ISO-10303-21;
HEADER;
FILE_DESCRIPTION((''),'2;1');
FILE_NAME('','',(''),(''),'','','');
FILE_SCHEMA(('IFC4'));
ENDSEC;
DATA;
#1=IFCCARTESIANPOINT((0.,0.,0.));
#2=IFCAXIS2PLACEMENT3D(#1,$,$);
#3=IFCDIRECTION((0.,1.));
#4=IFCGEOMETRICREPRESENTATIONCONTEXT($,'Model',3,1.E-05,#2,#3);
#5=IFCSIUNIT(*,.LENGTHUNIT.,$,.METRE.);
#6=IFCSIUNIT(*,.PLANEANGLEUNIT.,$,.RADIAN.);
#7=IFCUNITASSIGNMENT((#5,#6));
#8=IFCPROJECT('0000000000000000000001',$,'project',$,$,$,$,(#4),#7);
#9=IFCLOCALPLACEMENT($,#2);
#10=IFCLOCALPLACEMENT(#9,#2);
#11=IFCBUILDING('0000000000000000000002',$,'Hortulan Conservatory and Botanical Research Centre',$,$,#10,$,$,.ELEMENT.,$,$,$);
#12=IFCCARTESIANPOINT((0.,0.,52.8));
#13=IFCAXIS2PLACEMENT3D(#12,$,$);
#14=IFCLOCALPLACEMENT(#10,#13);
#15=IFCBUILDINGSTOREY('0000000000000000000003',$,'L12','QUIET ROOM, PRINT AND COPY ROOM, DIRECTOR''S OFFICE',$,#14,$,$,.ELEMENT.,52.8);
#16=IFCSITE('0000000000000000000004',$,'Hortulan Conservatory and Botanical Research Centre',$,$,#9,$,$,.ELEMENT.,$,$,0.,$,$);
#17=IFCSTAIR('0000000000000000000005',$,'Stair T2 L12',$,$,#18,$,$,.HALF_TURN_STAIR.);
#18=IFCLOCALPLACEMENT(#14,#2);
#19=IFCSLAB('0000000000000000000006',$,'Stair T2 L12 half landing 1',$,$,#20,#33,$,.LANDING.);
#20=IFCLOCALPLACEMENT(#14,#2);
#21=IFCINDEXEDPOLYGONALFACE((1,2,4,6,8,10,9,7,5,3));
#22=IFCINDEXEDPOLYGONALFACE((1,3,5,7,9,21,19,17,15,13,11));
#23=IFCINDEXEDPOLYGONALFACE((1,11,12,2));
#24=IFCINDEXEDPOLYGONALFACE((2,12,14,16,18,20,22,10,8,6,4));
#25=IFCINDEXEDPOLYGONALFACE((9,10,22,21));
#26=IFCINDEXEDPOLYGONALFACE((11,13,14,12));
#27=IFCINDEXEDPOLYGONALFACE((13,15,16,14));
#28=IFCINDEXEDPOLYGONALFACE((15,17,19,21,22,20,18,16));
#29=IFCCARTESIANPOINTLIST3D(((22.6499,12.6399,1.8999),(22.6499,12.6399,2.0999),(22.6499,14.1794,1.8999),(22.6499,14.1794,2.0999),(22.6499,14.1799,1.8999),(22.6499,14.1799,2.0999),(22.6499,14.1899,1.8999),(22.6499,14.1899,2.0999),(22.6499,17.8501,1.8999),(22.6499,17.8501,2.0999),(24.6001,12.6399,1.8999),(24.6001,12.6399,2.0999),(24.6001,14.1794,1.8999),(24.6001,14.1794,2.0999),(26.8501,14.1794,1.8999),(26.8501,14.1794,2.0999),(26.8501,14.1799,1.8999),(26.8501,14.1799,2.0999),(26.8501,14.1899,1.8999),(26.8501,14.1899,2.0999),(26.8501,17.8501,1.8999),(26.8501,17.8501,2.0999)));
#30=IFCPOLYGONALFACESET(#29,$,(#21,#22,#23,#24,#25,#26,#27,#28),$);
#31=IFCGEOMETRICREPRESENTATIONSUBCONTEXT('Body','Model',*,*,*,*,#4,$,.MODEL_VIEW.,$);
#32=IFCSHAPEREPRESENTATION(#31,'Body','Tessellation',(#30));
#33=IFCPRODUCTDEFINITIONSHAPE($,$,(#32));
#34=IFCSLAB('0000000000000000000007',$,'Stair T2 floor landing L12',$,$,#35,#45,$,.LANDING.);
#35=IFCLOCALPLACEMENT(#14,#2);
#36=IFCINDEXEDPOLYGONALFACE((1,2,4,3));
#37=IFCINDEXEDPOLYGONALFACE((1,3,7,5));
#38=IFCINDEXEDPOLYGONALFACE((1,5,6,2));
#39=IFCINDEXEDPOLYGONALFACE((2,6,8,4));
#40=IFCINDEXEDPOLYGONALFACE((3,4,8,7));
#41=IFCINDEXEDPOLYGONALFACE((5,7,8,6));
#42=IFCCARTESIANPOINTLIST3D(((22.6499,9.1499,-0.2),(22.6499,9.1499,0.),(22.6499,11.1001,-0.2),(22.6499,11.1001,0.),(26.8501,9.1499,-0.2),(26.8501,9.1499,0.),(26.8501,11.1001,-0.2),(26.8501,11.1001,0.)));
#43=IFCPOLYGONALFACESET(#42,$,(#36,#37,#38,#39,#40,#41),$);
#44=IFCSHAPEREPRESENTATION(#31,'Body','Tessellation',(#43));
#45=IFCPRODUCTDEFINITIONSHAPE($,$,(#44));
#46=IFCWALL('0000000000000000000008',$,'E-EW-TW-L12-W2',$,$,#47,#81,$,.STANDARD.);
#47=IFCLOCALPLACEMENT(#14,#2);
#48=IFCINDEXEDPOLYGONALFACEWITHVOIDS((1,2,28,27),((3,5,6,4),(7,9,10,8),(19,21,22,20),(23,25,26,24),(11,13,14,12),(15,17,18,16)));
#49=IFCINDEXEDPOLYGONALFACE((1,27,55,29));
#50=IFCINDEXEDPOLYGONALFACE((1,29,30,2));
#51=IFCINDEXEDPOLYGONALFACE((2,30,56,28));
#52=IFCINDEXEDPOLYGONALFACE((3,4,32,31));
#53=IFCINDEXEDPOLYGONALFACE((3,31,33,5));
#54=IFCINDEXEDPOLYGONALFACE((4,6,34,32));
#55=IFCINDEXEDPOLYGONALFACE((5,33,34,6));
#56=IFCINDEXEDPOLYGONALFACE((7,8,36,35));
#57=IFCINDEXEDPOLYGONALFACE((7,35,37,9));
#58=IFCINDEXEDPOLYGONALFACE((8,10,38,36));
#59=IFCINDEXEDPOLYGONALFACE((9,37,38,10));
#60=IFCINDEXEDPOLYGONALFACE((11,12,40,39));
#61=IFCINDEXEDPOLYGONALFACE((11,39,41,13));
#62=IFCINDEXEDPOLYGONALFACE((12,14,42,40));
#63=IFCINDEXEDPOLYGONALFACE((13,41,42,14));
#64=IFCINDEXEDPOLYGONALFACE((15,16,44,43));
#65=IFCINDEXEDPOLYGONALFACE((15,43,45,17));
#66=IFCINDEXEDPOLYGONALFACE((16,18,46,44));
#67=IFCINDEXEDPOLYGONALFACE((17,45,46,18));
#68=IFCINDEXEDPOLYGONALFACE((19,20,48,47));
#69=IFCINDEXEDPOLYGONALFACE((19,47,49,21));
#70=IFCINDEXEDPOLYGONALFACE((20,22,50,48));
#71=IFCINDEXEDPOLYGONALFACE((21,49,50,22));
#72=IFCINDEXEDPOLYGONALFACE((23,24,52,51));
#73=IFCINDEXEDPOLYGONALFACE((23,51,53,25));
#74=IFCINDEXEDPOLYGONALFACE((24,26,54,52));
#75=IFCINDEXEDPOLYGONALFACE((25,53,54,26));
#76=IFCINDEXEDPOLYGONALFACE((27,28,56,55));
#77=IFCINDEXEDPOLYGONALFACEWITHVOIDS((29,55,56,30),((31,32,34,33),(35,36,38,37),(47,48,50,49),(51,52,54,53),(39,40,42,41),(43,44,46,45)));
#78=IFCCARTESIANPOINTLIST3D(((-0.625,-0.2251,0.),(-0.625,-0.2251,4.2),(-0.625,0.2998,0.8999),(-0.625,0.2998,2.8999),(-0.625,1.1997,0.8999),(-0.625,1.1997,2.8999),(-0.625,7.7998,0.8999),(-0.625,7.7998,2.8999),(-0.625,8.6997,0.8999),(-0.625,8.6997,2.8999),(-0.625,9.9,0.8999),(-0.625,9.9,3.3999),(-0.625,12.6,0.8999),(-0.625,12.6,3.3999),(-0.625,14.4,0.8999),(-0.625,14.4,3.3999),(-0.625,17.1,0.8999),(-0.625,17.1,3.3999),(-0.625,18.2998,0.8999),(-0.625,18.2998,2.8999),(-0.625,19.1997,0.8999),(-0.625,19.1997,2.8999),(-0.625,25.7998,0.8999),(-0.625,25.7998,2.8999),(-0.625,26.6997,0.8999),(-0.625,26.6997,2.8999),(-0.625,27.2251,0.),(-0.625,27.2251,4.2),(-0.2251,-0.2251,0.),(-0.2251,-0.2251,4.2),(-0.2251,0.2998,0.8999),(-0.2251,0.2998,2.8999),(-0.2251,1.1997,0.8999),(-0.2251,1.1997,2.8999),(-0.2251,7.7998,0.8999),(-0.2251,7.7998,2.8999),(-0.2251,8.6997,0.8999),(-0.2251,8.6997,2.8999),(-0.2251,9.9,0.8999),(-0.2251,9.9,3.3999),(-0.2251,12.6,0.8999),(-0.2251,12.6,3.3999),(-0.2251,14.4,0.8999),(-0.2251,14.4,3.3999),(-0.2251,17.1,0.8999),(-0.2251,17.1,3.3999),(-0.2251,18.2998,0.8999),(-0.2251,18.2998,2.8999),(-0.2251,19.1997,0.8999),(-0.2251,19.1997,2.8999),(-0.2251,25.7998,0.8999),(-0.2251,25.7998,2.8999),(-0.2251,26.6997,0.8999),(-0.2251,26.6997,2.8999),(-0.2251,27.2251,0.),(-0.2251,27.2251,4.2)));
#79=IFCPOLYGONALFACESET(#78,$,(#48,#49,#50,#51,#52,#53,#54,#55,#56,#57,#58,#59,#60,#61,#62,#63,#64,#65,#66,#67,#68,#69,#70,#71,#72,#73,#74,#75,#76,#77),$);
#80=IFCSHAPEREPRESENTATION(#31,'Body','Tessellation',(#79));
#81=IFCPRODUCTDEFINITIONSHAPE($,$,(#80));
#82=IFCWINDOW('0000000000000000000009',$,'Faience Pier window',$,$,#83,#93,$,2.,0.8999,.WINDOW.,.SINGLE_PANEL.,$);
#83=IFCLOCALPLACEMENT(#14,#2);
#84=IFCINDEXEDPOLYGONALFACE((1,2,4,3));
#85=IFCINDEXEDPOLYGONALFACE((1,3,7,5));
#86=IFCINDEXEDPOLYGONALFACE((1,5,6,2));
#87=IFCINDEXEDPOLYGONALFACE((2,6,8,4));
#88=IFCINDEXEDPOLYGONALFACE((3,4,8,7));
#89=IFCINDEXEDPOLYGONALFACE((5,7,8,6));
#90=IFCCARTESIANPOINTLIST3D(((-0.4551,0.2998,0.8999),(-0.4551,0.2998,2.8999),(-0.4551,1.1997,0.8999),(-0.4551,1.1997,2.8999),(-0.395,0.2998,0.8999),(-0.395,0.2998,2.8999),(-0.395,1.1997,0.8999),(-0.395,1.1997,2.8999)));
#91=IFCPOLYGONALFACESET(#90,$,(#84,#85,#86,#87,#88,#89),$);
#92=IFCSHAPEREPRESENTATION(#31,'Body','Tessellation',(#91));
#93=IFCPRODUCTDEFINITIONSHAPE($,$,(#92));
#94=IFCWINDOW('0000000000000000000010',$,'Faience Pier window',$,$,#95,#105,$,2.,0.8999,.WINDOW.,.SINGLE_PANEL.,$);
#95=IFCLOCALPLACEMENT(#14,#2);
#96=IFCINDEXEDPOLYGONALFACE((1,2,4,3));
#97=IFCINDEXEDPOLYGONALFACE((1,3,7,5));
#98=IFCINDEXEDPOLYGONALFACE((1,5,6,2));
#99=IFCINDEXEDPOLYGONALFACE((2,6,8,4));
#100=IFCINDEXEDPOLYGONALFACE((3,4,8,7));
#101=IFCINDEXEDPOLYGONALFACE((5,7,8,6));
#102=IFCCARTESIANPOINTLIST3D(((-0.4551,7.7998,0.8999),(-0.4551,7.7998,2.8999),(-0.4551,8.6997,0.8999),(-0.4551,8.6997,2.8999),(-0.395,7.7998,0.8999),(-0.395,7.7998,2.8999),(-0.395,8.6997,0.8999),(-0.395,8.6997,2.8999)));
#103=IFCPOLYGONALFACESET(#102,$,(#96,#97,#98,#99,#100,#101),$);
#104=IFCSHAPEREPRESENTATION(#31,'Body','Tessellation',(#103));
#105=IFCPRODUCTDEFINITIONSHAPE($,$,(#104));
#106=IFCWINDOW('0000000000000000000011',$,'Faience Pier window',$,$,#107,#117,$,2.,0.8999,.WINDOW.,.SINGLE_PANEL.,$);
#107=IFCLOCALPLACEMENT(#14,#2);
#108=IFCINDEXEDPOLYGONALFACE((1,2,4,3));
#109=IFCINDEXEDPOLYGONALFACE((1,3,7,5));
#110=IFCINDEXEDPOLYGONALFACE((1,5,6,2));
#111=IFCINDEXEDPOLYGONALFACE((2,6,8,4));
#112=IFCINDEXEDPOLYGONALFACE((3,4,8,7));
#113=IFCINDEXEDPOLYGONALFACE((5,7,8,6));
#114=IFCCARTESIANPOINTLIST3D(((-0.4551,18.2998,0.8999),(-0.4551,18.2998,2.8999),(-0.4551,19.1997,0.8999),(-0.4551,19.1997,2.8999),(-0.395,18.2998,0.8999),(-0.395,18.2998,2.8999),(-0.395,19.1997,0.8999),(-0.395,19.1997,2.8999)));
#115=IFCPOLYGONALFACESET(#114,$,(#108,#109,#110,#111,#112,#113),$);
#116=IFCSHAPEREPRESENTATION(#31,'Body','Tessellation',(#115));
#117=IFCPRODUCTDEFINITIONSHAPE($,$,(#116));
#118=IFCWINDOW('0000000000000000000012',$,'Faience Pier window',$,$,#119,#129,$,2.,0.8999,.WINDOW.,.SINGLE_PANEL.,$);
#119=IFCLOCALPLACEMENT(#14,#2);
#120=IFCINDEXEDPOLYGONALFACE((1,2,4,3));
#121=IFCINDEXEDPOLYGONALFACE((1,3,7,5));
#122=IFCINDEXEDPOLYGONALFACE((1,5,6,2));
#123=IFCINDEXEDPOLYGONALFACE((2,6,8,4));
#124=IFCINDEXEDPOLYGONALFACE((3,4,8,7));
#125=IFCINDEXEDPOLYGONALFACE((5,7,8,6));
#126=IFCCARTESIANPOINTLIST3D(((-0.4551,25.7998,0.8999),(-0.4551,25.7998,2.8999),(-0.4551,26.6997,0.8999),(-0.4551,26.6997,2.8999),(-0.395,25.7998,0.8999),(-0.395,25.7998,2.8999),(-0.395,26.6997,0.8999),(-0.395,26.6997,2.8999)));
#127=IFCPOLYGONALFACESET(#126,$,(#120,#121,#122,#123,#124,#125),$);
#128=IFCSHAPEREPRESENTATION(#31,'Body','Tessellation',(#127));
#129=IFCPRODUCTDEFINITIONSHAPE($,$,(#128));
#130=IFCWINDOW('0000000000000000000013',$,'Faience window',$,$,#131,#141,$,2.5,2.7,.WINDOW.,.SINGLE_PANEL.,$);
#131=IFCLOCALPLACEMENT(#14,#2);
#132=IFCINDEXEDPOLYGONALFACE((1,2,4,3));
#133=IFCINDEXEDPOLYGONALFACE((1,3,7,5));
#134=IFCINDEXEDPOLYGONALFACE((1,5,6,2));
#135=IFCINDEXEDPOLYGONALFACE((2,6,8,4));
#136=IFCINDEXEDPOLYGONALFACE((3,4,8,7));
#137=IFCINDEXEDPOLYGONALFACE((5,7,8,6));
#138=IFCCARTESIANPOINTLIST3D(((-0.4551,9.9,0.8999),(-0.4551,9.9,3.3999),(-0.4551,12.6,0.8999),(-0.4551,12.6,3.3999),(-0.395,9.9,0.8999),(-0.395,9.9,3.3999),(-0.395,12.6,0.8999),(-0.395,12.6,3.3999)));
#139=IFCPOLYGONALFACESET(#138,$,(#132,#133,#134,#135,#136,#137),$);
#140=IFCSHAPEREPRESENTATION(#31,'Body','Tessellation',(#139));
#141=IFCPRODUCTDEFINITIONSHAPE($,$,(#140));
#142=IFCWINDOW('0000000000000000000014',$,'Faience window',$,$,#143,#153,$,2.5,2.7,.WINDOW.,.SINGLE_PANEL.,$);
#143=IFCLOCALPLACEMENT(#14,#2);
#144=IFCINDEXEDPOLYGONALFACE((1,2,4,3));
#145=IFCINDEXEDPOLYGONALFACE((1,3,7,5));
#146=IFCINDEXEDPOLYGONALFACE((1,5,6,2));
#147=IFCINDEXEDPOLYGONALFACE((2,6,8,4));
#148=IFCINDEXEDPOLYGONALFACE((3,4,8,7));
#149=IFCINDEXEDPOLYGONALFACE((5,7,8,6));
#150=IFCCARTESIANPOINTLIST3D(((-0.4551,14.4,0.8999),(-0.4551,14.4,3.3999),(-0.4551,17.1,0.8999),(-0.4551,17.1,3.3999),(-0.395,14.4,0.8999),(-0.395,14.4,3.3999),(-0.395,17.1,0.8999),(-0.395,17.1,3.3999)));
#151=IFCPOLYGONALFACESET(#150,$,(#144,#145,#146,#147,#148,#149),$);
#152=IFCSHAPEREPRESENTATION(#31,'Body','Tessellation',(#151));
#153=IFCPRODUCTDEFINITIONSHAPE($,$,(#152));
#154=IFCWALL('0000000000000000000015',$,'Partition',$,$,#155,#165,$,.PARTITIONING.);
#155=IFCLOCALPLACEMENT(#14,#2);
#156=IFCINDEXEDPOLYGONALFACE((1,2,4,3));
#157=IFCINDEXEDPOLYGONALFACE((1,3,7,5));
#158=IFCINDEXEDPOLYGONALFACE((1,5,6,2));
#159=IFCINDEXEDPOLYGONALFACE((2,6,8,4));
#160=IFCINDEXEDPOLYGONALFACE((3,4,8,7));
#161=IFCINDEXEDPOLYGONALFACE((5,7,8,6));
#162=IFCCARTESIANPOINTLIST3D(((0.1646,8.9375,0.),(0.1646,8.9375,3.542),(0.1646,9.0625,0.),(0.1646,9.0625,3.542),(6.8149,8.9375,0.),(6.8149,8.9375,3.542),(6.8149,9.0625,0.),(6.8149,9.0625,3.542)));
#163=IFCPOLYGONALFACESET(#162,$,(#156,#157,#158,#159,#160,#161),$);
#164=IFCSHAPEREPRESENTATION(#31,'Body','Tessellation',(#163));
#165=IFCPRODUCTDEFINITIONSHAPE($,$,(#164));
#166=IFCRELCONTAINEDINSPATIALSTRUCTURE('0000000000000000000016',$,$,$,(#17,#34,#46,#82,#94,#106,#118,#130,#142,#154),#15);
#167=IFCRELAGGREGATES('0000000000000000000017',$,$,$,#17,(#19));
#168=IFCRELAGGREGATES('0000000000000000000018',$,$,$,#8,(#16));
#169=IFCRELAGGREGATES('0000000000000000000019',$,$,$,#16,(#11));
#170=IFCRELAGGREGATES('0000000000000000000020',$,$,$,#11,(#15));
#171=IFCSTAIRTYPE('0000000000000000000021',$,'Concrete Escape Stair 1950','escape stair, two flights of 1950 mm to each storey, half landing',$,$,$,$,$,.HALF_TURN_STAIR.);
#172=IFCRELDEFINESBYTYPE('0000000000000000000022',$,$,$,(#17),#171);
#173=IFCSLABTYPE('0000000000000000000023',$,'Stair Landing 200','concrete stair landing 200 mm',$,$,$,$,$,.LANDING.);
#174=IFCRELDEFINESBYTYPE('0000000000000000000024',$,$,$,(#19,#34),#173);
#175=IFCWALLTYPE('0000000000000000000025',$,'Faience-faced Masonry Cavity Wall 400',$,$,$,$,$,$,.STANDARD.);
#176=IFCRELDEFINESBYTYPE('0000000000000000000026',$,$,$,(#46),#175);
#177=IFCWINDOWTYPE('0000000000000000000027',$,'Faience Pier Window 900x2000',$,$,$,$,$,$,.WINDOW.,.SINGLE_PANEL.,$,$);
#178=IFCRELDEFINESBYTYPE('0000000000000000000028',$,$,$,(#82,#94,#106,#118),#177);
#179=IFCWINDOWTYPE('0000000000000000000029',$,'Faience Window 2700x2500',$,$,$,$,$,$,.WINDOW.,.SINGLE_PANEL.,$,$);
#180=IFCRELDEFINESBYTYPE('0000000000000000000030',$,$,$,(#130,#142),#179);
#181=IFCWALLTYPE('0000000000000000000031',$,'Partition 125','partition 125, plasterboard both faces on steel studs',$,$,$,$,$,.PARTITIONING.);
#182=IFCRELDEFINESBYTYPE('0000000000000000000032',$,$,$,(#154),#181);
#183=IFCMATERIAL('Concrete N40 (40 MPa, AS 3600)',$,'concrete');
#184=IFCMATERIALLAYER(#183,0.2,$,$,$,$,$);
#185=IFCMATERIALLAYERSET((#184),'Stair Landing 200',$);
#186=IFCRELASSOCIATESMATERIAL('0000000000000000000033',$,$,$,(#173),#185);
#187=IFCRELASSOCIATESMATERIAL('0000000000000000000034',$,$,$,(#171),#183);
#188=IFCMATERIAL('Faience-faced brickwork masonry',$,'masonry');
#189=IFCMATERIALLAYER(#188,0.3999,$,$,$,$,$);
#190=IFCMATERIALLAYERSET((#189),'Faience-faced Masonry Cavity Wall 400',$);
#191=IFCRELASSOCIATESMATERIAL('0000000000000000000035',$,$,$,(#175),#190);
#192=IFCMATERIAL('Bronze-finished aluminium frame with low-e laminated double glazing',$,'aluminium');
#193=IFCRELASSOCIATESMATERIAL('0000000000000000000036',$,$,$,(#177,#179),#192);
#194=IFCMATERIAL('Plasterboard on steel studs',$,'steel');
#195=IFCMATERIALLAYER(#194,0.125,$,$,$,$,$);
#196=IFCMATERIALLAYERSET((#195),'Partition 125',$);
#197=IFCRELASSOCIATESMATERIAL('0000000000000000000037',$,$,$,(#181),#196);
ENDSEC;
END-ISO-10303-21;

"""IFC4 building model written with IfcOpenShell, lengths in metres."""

from ifc_helpers import new_model, si_unit, direction, frame, frame_2d, origin, place, context, subcontext, project, spatial, polyline, rectangle, outline, extrude, material, layer, layer_set, type_object, element, fill, aggregate, save


model = new_model("IFC4")

# Units and contexts
model_context = context("Model", 3, precision=1e-05, world=origin(), true_north=direction((0.0, 1.0)))
body_context = subcontext(model_context, "Body", "Model", "MODEL_VIEW")
ifc_project = project(units=[si_unit("LENGTHUNIT", "METRE"), si_unit("PLANEANGLEUNIT", "RADIAN")], contexts=[model_context])

# Site, building, storey
site_placement = place(None, origin())
site = spatial("IfcSite", under=ifc_project, at=site_placement, Name="Hortulan Conservatory and Botanical Research Centre", CompositionType="ELEMENT", RefElevation=0.0)
building_placement = place(site_placement, origin())
building = spatial("IfcBuilding", under=site, at=building_placement, Name="Hortulan Conservatory and Botanical Research Centre", CompositionType="ELEMENT")
storey_placement = place(building_placement, frame((0.0, 0.0, 52.8)))
storey = spatial("IfcBuildingStorey", under=building, at=storey_placement, Name="L12", Description="QUIET ROOM, PRINT AND COPY ROOM, DIRECTOR'S OFFICE", CompositionType="ELEMENT", Elevation=52.8)

# Shared definitions
ifc_material_1 = material(Name="Concrete N40 (40 MPa, AS 3600)", Category="concrete")
ifc_layer_1 = layer(ifc_material_1, 0.2)
ifc_layer_set_1 = layer_set([ifc_layer_1], Name="Stair Landing 200")
slab_type_1 = type_object("IfcSlabType", Name="Stair Landing 200", Description="concrete stair landing 200 mm", PredefinedType="LANDING", material=ifc_layer_set_1)

# Stair, slab
stair_type_1 = type_object("IfcStairType", Name="Concrete Escape Stair 1950", Description="escape stair, two flights of 1950 mm to each storey, half landing", PredefinedType="HALF_TURN_STAIR", material=ifc_material_1)
stair_1_placement = place(storey_placement, origin())
stair_1 = element("IfcStair", 1, at=stair_1_placement, inside=storey, type_object=stair_type_1, Name="Stair T2 L12", PredefinedType="HALF_TURN_STAIR")
slab_1_placement = place(storey_placement, frame((0.0, 0.0, 1.8999)))
slab_1 = element("IfcSlab", 2, at=slab_1_placement, type_object=slab_type_1, Name="Stair T2 L12 half landing 1", PredefinedType="LANDING", context=body_context, shape_type="SweptSolid", body=[
    extrude(outline(polyline([(26.8501, 14.1794), (24.6001, 14.1794), (24.6001, 12.6399), (22.6499, 12.6399), (22.6499, 14.1794), (22.6499, 14.1799), (22.6499, 14.1899), (22.6499, 17.8501), (26.8501, 17.8501), (26.8501, 14.1899), (26.8501, 14.1799), (26.8501, 14.1794)])), origin(), (0.0, 0.0, 1.0), 0.2),
])
aggregate(stair_1, [slab_1])

# Slab
slab_2_placement = place(storey_placement, frame((0.0, 0.0, -0.2)))
element("IfcSlab", 3, at=slab_2_placement, inside=storey, type_object=slab_type_1, Name="Stair T2 floor landing L12", PredefinedType="LANDING", context=body_context, shape_type="SweptSolid", body=[
    extrude(outline(polyline([(26.8501, 9.1499), (22.6499, 9.1499), (22.6499, 11.1001), (26.8501, 11.1001), (26.8501, 9.1499)])), origin(), (0.0, 0.0, 1.0), 0.2),
])

# Wall, openings, windows
ifc_material_2 = material(Name="Faience-faced brickwork masonry", Category="masonry")
ifc_layer_2 = layer(ifc_material_2, 0.3999)
ifc_layer_set_2 = layer_set([ifc_layer_2], Name="Faience-faced Masonry Cavity Wall 400")
wall_type_1 = type_object("IfcWallType", Name="Faience-faced Masonry Cavity Wall 400", PredefinedType="STANDARD", material=ifc_layer_set_2)
wall_1_placement = place(storey_placement, frame((-0.425, -0.2251, 0.0), z_axis=(0.0, 0.0, 1.0), x_axis=(0.0, 1.0, 0.0)))
wall_1 = element("IfcWall", 4, at=wall_1_placement, inside=storey, type_object=wall_type_1, Name="E-EW-TW-L12-W2", PredefinedType="STANDARD", context=body_context, shape_type="SweptSolid", body=[
    extrude(rectangle(XDim=27.4502, YDim=0.3999, at=frame_2d((13.7251, 0.0))), origin(), (0.0, 0.0, 1.0), 4.2),
])
opening_1_placement = place(wall_1_placement, frame((0.5249, 0.0, 0.8999)))
opening_1 = element("IfcOpeningElement", 5, at=opening_1_placement, cuts=wall_1, PredefinedType="OPENING", context=body_context, shape_type="SweptSolid", body=[
    extrude(rectangle(XDim=0.8999, YDim=2.0, at=frame_2d((0.45, 1.0))), frame((0.0, 0.21, 0.0), z_axis=(0.0, -1.0, 0.0), x_axis=(1.0, 0.0, 0.0)), (0.0, 0.0, 1.0), 0.4199),
])
opening_2_placement = place(wall_1_placement, frame((8.0249, 0.0, 0.8999)))
opening_2 = element("IfcOpeningElement", 6, at=opening_2_placement, cuts=wall_1, PredefinedType="OPENING", context=body_context, shape_type="SweptSolid", body=[
    extrude(rectangle(XDim=0.8999, YDim=2.0, at=frame_2d((0.45, 1.0))), frame((0.0, 0.21, 0.0), z_axis=(0.0, -1.0, 0.0), x_axis=(1.0, 0.0, 0.0)), (0.0, 0.0, 1.0), 0.4199),
])
opening_3_placement = place(wall_1_placement, frame((10.125, 0.0, 0.8999)))
opening_3 = element("IfcOpeningElement", 7, at=opening_3_placement, cuts=wall_1, PredefinedType="OPENING", context=body_context, shape_type="SweptSolid", body=[
    extrude(rectangle(XDim=2.7, YDim=2.5, at=frame_2d((1.3501, 1.25))), frame((0.0, 0.21, 0.0), z_axis=(0.0, -1.0, 0.0), x_axis=(1.0, 0.0, 0.0)), (0.0, 0.0, 1.0), 0.4199),
])
opening_4_placement = place(wall_1_placement, frame((14.625, 0.0, 0.8999)))
opening_4 = element("IfcOpeningElement", 8, at=opening_4_placement, cuts=wall_1, PredefinedType="OPENING", context=body_context, shape_type="SweptSolid", body=[
    extrude(rectangle(XDim=2.7, YDim=2.5, at=frame_2d((1.3501, 1.25))), frame((0.0, 0.21, 0.0), z_axis=(0.0, -1.0, 0.0), x_axis=(1.0, 0.0, 0.0)), (0.0, 0.0, 1.0), 0.4199),
])
opening_5_placement = place(wall_1_placement, frame((18.5249, 0.0, 0.8999)))
opening_5 = element("IfcOpeningElement", 9, at=opening_5_placement, cuts=wall_1, PredefinedType="OPENING", context=body_context, shape_type="SweptSolid", body=[
    extrude(rectangle(XDim=0.8999, YDim=2.0, at=frame_2d((0.45, 1.0))), frame((0.0, 0.21, 0.0), z_axis=(0.0, -1.0, 0.0), x_axis=(1.0, 0.0, 0.0)), (0.0, 0.0, 1.0), 0.4199),
])
opening_6_placement = place(wall_1_placement, frame((26.0249, 0.0, 0.8999)))
opening_6 = element("IfcOpeningElement", 10, at=opening_6_placement, cuts=wall_1, PredefinedType="OPENING", context=body_context, shape_type="SweptSolid", body=[
    extrude(rectangle(XDim=0.8999, YDim=2.0, at=frame_2d((0.45, 1.0))), frame((0.0, 0.21, 0.0), z_axis=(0.0, -1.0, 0.0), x_axis=(1.0, 0.0, 0.0)), (0.0, 0.0, 1.0), 0.4199),
])
ifc_material_3 = material(Name="Bronze-finished aluminium frame with low-e laminated double glazing", Category="aluminium")
window_type_1 = type_object("IfcWindowType", Name="Faience Pier Window 900x2000", PartitioningType="SINGLE_PANEL", PredefinedType="WINDOW", material=ifc_material_3)
window_1_placement = place(opening_1_placement, origin())
window_1 = element("IfcWindow", 11, at=window_1_placement, inside=storey, type_object=window_type_1, Name="Faience Pier window", OverallHeight=2.0, OverallWidth=0.8999, PartitioningType="SINGLE_PANEL", PredefinedType="WINDOW", context=body_context, shape_type="SweptSolid", body=[
    extrude(rectangle(XDim=0.8999, YDim=2.0, at=frame_2d((0.45, 1.0))), frame((0.0, 0.03, 0.0), z_axis=(0.0, -1.0, 0.0), x_axis=(1.0, 0.0, 0.0)), (0.0, 0.0, 1.0), 0.0601),
])
fill(opening_1, window_1)
window_2_placement = place(opening_2_placement, origin())
window_2 = element("IfcWindow", 12, at=window_2_placement, inside=storey, type_object=window_type_1, Name="Faience Pier window", OverallHeight=2.0, OverallWidth=0.8999, PartitioningType="SINGLE_PANEL", PredefinedType="WINDOW", context=body_context, shape_type="SweptSolid", body=[
    extrude(rectangle(XDim=0.8999, YDim=2.0, at=frame_2d((0.45, 1.0))), frame((0.0, 0.03, 0.0), z_axis=(0.0, -1.0, 0.0), x_axis=(1.0, 0.0, 0.0)), (0.0, 0.0, 1.0), 0.0601),
])
fill(opening_2, window_2)
window_3_placement = place(opening_5_placement, origin())
window_3 = element("IfcWindow", 13, at=window_3_placement, inside=storey, type_object=window_type_1, Name="Faience Pier window", OverallHeight=2.0, OverallWidth=0.8999, PartitioningType="SINGLE_PANEL", PredefinedType="WINDOW", context=body_context, shape_type="SweptSolid", body=[
    extrude(rectangle(XDim=0.8999, YDim=2.0, at=frame_2d((0.45, 1.0))), frame((0.0, 0.03, 0.0), z_axis=(0.0, -1.0, 0.0), x_axis=(1.0, 0.0, 0.0)), (0.0, 0.0, 1.0), 0.0601),
])
fill(opening_5, window_3)
window_4_placement = place(opening_6_placement, origin())
window_4 = element("IfcWindow", 14, at=window_4_placement, inside=storey, type_object=window_type_1, Name="Faience Pier window", OverallHeight=2.0, OverallWidth=0.8999, PartitioningType="SINGLE_PANEL", PredefinedType="WINDOW", context=body_context, shape_type="SweptSolid", body=[
    extrude(rectangle(XDim=0.8999, YDim=2.0, at=frame_2d((0.45, 1.0))), frame((0.0, 0.03, 0.0), z_axis=(0.0, -1.0, 0.0), x_axis=(1.0, 0.0, 0.0)), (0.0, 0.0, 1.0), 0.0601),
])
fill(opening_6, window_4)
window_type_2 = type_object("IfcWindowType", Name="Faience Window 2700x2500", PartitioningType="SINGLE_PANEL", PredefinedType="WINDOW", material=ifc_material_3)
window_5_placement = place(opening_3_placement, origin())
window_5 = element("IfcWindow", 15, at=window_5_placement, inside=storey, type_object=window_type_2, Name="Faience window", OverallHeight=2.5, OverallWidth=2.7, PartitioningType="SINGLE_PANEL", PredefinedType="WINDOW", context=body_context, shape_type="SweptSolid", body=[
    extrude(rectangle(XDim=2.7, YDim=2.5, at=frame_2d((1.3501, 1.25))), frame((0.0, 0.03, 0.0), z_axis=(0.0, -1.0, 0.0), x_axis=(1.0, 0.0, 0.0)), (0.0, 0.0, 1.0), 0.0601),
])
fill(opening_3, window_5)
window_6_placement = place(opening_4_placement, origin())
window_6 = element("IfcWindow", 16, at=window_6_placement, inside=storey, type_object=window_type_2, Name="Faience window", OverallHeight=2.5, OverallWidth=2.7, PartitioningType="SINGLE_PANEL", PredefinedType="WINDOW", context=body_context, shape_type="SweptSolid", body=[
    extrude(rectangle(XDim=2.7, YDim=2.5, at=frame_2d((1.3501, 1.25))), frame((0.0, 0.03, 0.0), z_axis=(0.0, -1.0, 0.0), x_axis=(1.0, 0.0, 0.0)), (0.0, 0.0, 1.0), 0.0601),
])
fill(opening_4, window_6)

# Wall
ifc_material_4 = material(Name="Plasterboard on steel studs", Category="steel")
ifc_layer_3 = layer(ifc_material_4, 0.125)
ifc_layer_set_3 = layer_set([ifc_layer_3], Name="Partition 125")
wall_type_2 = type_object("IfcWallType", Name="Partition 125", Description="partition 125, plasterboard both faces on steel studs", PredefinedType="PARTITIONING", material=ifc_layer_set_3)
wall_2_placement = place(storey_placement, frame((0.1646, 9.0, 0.0), z_axis=(0.0, 0.0, 1.0), x_axis=(1.0, 0.0, 0.0)))
element("IfcWall", 17, at=wall_2_placement, inside=storey, type_object=wall_type_2, Name="Partition", PredefinedType="PARTITIONING", context=body_context, shape_type="SweptSolid", body=[
    extrude(rectangle(XDim=6.6504, YDim=0.125, at=frame_2d((3.3252, 0.0))), origin(), (0.0, 0.0, 1.0), 3.542),
])

save(model, "model.ifc")
